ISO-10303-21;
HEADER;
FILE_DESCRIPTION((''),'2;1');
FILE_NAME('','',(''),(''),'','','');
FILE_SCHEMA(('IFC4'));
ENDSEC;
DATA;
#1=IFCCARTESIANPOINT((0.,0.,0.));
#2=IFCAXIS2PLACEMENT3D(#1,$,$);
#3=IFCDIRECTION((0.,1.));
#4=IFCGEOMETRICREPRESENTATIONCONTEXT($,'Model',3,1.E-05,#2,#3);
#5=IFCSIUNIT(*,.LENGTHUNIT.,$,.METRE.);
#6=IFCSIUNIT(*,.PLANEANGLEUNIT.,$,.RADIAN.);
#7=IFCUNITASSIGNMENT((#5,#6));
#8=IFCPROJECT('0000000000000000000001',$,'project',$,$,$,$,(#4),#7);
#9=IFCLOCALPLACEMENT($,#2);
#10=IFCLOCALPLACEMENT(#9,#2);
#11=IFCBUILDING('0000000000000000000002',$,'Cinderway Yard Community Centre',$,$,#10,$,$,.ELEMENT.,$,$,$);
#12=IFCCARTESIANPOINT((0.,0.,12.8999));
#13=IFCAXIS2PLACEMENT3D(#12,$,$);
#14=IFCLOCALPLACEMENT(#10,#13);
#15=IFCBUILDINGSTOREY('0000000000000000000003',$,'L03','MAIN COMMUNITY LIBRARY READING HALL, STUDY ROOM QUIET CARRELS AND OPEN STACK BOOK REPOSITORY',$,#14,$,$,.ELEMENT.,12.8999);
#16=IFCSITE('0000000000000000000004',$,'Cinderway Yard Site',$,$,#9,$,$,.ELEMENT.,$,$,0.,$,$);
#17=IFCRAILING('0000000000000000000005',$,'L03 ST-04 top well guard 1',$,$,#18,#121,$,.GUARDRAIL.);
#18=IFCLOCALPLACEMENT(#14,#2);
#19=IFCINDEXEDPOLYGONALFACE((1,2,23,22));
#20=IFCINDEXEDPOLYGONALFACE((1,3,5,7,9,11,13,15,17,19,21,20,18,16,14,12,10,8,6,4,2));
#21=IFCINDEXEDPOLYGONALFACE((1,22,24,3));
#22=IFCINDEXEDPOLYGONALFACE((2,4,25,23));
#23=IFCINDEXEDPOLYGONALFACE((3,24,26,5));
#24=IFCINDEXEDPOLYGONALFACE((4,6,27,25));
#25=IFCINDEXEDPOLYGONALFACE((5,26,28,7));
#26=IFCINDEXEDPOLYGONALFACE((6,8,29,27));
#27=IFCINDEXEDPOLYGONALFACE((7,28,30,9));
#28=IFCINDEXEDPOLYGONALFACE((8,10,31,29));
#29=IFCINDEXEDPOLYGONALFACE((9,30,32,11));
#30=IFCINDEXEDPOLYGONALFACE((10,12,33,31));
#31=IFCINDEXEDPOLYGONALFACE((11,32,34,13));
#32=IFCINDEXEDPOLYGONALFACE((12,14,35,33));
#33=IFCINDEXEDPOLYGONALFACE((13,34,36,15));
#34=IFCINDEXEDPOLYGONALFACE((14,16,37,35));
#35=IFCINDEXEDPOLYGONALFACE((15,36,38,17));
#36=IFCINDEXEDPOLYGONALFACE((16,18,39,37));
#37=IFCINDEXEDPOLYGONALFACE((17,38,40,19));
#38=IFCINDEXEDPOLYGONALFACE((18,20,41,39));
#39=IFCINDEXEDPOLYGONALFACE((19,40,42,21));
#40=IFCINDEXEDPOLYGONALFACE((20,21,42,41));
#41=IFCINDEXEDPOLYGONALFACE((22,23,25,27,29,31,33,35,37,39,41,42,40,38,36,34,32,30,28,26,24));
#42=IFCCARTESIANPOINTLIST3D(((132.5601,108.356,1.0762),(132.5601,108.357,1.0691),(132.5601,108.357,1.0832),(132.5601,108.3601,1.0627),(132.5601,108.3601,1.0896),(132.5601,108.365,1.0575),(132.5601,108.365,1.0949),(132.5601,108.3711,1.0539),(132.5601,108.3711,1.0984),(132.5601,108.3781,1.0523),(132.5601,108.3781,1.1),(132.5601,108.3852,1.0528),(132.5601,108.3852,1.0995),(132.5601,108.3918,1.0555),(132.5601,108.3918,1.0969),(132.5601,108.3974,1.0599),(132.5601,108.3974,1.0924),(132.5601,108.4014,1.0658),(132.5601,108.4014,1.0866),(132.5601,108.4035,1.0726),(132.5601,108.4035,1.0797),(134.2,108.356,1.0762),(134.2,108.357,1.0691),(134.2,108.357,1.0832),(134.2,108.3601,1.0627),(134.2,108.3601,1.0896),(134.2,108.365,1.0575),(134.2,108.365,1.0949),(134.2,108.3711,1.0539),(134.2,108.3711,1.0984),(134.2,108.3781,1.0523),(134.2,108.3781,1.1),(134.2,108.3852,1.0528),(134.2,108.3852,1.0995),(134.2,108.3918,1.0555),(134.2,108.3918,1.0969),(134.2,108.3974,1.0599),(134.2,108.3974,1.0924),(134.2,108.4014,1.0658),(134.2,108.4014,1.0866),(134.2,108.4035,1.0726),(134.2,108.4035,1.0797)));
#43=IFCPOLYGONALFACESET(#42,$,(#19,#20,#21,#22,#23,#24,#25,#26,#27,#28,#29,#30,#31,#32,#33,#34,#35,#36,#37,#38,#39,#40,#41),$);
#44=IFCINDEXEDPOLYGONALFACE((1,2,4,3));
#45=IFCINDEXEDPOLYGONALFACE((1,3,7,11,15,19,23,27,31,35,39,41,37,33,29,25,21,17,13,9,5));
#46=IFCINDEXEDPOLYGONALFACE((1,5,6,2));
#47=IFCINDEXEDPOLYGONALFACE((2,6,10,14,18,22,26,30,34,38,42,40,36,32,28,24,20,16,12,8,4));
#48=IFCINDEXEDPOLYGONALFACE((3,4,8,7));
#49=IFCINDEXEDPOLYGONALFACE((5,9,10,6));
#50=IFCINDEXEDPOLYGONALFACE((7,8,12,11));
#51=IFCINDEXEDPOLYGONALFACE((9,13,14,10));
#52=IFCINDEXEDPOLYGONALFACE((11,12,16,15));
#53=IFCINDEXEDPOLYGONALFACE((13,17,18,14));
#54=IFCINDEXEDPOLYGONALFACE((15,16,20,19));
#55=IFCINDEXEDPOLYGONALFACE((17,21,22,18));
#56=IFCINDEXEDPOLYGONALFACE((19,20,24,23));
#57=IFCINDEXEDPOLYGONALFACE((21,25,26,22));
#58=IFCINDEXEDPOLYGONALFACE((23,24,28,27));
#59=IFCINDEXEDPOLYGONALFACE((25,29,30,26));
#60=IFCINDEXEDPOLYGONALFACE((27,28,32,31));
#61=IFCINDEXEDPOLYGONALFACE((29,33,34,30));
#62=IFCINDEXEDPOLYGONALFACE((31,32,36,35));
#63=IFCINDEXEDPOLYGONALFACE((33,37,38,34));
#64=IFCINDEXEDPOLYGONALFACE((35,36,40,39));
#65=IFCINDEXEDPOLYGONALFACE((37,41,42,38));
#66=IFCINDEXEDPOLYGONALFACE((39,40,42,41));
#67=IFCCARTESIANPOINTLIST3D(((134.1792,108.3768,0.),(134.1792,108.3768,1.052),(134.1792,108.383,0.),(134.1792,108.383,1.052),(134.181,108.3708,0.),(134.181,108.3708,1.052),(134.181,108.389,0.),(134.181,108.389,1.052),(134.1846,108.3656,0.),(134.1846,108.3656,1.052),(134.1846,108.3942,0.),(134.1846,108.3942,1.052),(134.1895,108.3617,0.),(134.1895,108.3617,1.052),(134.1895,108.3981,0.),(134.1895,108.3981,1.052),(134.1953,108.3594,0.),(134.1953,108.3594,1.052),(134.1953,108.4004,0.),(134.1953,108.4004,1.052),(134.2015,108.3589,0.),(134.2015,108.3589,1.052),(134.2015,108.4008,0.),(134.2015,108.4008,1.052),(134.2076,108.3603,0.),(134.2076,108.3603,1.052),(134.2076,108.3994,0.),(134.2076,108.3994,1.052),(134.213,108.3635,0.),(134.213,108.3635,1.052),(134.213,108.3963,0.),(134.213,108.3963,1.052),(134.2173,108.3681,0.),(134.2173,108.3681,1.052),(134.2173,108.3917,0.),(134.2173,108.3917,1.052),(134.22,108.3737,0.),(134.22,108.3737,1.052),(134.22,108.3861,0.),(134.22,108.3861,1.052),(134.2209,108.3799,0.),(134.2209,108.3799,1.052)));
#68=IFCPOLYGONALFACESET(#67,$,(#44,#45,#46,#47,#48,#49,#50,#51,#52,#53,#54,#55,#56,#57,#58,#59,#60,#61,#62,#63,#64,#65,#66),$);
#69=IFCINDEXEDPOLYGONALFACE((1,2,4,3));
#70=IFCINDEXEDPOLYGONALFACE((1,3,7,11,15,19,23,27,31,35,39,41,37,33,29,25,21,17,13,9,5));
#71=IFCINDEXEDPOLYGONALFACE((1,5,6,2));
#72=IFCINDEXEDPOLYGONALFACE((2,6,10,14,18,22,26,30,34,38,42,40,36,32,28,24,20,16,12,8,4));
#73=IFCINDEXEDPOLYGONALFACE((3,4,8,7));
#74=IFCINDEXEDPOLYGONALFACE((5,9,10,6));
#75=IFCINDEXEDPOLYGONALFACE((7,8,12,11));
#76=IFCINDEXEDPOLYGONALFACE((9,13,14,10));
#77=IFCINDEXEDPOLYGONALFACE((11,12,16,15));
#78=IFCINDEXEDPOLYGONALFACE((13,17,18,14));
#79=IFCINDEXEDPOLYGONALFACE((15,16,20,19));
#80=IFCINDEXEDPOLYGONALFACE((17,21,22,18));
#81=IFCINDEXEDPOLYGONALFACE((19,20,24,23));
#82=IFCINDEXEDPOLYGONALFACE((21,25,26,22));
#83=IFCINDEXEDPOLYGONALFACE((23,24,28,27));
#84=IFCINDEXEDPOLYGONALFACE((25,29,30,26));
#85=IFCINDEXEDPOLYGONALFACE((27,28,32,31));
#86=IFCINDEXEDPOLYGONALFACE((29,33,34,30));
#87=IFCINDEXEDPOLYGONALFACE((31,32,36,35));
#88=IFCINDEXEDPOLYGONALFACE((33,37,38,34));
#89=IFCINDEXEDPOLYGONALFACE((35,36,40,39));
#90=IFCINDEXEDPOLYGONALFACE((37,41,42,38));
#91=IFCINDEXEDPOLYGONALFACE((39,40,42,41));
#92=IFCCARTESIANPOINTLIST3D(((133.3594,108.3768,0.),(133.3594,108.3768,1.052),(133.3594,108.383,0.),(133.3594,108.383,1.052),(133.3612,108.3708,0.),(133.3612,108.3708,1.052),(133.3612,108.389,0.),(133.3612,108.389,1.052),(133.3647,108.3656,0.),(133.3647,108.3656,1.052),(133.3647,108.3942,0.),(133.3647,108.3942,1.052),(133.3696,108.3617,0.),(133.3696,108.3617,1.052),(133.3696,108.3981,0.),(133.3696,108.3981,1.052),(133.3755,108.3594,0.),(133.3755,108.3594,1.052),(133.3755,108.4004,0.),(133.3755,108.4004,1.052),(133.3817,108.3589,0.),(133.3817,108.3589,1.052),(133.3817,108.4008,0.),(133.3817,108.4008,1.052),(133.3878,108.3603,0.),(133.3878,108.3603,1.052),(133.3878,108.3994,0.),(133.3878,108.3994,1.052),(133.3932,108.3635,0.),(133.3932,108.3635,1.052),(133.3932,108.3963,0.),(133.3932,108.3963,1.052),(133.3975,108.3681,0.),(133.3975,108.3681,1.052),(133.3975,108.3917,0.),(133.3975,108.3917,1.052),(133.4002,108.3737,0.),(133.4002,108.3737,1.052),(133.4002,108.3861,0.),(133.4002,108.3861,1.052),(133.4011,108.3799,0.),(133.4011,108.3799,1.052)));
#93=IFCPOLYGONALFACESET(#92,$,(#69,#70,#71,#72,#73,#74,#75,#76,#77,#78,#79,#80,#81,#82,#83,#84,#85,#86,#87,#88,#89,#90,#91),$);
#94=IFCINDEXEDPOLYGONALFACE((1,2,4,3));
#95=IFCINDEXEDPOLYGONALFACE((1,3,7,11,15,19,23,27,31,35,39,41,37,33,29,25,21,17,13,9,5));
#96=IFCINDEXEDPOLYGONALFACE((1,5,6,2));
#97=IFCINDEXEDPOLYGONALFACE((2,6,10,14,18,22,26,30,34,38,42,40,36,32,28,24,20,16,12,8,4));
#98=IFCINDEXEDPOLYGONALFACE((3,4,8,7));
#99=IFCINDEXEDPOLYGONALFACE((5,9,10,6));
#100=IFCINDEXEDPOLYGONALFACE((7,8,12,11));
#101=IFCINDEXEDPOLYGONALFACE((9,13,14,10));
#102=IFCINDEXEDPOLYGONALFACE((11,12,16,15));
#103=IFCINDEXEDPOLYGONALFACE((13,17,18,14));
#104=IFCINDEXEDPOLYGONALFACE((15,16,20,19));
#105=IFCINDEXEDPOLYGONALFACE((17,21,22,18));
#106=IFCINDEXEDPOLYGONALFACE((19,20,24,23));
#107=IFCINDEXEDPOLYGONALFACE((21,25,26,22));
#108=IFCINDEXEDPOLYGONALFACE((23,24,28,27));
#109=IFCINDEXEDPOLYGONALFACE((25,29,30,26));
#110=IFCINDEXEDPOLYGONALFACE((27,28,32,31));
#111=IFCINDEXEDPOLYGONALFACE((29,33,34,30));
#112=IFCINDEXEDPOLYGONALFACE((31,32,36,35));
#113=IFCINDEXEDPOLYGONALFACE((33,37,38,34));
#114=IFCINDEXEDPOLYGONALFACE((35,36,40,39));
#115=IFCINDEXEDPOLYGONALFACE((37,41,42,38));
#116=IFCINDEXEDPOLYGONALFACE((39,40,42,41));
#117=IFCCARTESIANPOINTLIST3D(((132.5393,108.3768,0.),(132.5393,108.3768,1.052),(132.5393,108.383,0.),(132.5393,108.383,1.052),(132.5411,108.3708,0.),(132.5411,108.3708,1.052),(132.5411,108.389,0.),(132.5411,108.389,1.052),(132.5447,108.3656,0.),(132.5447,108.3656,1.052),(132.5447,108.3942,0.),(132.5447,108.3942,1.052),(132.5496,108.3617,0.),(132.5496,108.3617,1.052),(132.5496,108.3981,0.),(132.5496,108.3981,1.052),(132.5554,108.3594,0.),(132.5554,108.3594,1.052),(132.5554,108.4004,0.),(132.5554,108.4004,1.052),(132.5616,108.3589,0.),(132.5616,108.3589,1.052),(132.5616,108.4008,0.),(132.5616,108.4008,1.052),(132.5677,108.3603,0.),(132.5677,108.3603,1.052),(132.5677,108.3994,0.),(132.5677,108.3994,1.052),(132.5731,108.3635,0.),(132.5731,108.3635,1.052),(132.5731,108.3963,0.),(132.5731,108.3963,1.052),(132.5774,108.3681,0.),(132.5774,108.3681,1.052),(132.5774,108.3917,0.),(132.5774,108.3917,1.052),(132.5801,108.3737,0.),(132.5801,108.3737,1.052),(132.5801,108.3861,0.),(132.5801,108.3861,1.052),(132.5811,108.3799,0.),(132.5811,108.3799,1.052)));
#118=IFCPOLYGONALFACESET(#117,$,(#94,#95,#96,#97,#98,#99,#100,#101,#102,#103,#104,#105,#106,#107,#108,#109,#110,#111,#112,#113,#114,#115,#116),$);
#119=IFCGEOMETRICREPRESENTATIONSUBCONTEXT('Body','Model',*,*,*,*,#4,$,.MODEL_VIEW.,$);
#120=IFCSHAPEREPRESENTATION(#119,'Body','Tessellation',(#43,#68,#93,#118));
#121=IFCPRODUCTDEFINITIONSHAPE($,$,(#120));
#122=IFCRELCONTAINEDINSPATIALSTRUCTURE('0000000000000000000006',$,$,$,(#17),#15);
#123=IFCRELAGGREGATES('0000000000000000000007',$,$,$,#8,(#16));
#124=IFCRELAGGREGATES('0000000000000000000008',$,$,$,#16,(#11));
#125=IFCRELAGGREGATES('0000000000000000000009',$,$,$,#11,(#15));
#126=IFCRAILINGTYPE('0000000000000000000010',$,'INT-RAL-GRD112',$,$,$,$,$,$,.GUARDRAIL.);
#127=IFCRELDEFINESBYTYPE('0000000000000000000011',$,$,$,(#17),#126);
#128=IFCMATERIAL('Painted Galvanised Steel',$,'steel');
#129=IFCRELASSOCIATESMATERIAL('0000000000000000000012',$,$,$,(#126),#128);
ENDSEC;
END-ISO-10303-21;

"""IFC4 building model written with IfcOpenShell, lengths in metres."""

from ifc_helpers import new_model, si_unit, direction, frame, origin, origin_2d, place, context, subcontext, project, spatial, circle, extrude, material, type_object, element, save


model = new_model("IFC4")

# Units and contexts
model_context = context("Model", 3, precision=1e-05, world=origin(), true_north=direction((0.0, 1.0)))
body_context = subcontext(model_context, "Body", "Model", "MODEL_VIEW")
ifc_project = project(units=[si_unit("LENGTHUNIT", "METRE"), si_unit("PLANEANGLEUNIT", "RADIAN")], contexts=[model_context])

# Site, building, storey
site_placement = place(None, origin())
site = spatial("IfcSite", under=ifc_project, at=site_placement, Name="Cinderway Yard Site", CompositionType="ELEMENT", RefElevation=0.0)
building_placement = place(site_placement, origin())
building = spatial("IfcBuilding", under=site, at=building_placement, Name="Cinderway Yard Community Centre", CompositionType="ELEMENT")
storey_placement = place(building_placement, frame((0.0, 0.0, 12.8999)))
storey = spatial("IfcBuildingStorey", under=building, at=storey_placement, Name="L03", Description="MAIN COMMUNITY LIBRARY READING HALL, STUDY ROOM QUIET CARRELS AND OPEN STACK BOOK REPOSITORY", CompositionType="ELEMENT", Elevation=12.8999)

# Shared definitions
ifc_material_1 = material(Name="Painted Galvanised Steel", Category="steel")

# Railing
railing_type = type_object("IfcRailingType", Name="INT-RAL-GRD112", PredefinedType="GUARDRAIL", material=ifc_material_1)
railing_1_placement = place(storey_placement, frame((134.2, 108.3799, 0.0)))
element("IfcRailing", 1, at=railing_1_placement, inside=storey, type_object=railing_type, Name="L03 ST-04 top well guard 1", PredefinedType="GUARDRAIL", context=body_context, shape_type="SweptSolid", body=[
    extrude(circle(Radius=0.0239, at=origin_2d()), frame((0.0, 0.0, 1.0762), z_axis=(-1.0, 0.0, 0.0), x_axis=(0.0, -1.0, 0.0)), (0.0, 0.0, 1.0), 1.6399),
    extrude(circle(Radius=0.021, at=origin_2d()), origin(), (0.0, 0.0, 1.0), 1.052),
    extrude(circle(Radius=0.021, at=origin_2d()), frame((-0.8198, 0.0, 0.0)), (0.0, 0.0, 1.0), 1.052),
    extrude(circle(Radius=0.021, at=origin_2d()), frame((-1.6399, 0.0, 0.0)), (0.0, 0.0, 1.0), 1.052),
])

save(model, "model.ifc")
